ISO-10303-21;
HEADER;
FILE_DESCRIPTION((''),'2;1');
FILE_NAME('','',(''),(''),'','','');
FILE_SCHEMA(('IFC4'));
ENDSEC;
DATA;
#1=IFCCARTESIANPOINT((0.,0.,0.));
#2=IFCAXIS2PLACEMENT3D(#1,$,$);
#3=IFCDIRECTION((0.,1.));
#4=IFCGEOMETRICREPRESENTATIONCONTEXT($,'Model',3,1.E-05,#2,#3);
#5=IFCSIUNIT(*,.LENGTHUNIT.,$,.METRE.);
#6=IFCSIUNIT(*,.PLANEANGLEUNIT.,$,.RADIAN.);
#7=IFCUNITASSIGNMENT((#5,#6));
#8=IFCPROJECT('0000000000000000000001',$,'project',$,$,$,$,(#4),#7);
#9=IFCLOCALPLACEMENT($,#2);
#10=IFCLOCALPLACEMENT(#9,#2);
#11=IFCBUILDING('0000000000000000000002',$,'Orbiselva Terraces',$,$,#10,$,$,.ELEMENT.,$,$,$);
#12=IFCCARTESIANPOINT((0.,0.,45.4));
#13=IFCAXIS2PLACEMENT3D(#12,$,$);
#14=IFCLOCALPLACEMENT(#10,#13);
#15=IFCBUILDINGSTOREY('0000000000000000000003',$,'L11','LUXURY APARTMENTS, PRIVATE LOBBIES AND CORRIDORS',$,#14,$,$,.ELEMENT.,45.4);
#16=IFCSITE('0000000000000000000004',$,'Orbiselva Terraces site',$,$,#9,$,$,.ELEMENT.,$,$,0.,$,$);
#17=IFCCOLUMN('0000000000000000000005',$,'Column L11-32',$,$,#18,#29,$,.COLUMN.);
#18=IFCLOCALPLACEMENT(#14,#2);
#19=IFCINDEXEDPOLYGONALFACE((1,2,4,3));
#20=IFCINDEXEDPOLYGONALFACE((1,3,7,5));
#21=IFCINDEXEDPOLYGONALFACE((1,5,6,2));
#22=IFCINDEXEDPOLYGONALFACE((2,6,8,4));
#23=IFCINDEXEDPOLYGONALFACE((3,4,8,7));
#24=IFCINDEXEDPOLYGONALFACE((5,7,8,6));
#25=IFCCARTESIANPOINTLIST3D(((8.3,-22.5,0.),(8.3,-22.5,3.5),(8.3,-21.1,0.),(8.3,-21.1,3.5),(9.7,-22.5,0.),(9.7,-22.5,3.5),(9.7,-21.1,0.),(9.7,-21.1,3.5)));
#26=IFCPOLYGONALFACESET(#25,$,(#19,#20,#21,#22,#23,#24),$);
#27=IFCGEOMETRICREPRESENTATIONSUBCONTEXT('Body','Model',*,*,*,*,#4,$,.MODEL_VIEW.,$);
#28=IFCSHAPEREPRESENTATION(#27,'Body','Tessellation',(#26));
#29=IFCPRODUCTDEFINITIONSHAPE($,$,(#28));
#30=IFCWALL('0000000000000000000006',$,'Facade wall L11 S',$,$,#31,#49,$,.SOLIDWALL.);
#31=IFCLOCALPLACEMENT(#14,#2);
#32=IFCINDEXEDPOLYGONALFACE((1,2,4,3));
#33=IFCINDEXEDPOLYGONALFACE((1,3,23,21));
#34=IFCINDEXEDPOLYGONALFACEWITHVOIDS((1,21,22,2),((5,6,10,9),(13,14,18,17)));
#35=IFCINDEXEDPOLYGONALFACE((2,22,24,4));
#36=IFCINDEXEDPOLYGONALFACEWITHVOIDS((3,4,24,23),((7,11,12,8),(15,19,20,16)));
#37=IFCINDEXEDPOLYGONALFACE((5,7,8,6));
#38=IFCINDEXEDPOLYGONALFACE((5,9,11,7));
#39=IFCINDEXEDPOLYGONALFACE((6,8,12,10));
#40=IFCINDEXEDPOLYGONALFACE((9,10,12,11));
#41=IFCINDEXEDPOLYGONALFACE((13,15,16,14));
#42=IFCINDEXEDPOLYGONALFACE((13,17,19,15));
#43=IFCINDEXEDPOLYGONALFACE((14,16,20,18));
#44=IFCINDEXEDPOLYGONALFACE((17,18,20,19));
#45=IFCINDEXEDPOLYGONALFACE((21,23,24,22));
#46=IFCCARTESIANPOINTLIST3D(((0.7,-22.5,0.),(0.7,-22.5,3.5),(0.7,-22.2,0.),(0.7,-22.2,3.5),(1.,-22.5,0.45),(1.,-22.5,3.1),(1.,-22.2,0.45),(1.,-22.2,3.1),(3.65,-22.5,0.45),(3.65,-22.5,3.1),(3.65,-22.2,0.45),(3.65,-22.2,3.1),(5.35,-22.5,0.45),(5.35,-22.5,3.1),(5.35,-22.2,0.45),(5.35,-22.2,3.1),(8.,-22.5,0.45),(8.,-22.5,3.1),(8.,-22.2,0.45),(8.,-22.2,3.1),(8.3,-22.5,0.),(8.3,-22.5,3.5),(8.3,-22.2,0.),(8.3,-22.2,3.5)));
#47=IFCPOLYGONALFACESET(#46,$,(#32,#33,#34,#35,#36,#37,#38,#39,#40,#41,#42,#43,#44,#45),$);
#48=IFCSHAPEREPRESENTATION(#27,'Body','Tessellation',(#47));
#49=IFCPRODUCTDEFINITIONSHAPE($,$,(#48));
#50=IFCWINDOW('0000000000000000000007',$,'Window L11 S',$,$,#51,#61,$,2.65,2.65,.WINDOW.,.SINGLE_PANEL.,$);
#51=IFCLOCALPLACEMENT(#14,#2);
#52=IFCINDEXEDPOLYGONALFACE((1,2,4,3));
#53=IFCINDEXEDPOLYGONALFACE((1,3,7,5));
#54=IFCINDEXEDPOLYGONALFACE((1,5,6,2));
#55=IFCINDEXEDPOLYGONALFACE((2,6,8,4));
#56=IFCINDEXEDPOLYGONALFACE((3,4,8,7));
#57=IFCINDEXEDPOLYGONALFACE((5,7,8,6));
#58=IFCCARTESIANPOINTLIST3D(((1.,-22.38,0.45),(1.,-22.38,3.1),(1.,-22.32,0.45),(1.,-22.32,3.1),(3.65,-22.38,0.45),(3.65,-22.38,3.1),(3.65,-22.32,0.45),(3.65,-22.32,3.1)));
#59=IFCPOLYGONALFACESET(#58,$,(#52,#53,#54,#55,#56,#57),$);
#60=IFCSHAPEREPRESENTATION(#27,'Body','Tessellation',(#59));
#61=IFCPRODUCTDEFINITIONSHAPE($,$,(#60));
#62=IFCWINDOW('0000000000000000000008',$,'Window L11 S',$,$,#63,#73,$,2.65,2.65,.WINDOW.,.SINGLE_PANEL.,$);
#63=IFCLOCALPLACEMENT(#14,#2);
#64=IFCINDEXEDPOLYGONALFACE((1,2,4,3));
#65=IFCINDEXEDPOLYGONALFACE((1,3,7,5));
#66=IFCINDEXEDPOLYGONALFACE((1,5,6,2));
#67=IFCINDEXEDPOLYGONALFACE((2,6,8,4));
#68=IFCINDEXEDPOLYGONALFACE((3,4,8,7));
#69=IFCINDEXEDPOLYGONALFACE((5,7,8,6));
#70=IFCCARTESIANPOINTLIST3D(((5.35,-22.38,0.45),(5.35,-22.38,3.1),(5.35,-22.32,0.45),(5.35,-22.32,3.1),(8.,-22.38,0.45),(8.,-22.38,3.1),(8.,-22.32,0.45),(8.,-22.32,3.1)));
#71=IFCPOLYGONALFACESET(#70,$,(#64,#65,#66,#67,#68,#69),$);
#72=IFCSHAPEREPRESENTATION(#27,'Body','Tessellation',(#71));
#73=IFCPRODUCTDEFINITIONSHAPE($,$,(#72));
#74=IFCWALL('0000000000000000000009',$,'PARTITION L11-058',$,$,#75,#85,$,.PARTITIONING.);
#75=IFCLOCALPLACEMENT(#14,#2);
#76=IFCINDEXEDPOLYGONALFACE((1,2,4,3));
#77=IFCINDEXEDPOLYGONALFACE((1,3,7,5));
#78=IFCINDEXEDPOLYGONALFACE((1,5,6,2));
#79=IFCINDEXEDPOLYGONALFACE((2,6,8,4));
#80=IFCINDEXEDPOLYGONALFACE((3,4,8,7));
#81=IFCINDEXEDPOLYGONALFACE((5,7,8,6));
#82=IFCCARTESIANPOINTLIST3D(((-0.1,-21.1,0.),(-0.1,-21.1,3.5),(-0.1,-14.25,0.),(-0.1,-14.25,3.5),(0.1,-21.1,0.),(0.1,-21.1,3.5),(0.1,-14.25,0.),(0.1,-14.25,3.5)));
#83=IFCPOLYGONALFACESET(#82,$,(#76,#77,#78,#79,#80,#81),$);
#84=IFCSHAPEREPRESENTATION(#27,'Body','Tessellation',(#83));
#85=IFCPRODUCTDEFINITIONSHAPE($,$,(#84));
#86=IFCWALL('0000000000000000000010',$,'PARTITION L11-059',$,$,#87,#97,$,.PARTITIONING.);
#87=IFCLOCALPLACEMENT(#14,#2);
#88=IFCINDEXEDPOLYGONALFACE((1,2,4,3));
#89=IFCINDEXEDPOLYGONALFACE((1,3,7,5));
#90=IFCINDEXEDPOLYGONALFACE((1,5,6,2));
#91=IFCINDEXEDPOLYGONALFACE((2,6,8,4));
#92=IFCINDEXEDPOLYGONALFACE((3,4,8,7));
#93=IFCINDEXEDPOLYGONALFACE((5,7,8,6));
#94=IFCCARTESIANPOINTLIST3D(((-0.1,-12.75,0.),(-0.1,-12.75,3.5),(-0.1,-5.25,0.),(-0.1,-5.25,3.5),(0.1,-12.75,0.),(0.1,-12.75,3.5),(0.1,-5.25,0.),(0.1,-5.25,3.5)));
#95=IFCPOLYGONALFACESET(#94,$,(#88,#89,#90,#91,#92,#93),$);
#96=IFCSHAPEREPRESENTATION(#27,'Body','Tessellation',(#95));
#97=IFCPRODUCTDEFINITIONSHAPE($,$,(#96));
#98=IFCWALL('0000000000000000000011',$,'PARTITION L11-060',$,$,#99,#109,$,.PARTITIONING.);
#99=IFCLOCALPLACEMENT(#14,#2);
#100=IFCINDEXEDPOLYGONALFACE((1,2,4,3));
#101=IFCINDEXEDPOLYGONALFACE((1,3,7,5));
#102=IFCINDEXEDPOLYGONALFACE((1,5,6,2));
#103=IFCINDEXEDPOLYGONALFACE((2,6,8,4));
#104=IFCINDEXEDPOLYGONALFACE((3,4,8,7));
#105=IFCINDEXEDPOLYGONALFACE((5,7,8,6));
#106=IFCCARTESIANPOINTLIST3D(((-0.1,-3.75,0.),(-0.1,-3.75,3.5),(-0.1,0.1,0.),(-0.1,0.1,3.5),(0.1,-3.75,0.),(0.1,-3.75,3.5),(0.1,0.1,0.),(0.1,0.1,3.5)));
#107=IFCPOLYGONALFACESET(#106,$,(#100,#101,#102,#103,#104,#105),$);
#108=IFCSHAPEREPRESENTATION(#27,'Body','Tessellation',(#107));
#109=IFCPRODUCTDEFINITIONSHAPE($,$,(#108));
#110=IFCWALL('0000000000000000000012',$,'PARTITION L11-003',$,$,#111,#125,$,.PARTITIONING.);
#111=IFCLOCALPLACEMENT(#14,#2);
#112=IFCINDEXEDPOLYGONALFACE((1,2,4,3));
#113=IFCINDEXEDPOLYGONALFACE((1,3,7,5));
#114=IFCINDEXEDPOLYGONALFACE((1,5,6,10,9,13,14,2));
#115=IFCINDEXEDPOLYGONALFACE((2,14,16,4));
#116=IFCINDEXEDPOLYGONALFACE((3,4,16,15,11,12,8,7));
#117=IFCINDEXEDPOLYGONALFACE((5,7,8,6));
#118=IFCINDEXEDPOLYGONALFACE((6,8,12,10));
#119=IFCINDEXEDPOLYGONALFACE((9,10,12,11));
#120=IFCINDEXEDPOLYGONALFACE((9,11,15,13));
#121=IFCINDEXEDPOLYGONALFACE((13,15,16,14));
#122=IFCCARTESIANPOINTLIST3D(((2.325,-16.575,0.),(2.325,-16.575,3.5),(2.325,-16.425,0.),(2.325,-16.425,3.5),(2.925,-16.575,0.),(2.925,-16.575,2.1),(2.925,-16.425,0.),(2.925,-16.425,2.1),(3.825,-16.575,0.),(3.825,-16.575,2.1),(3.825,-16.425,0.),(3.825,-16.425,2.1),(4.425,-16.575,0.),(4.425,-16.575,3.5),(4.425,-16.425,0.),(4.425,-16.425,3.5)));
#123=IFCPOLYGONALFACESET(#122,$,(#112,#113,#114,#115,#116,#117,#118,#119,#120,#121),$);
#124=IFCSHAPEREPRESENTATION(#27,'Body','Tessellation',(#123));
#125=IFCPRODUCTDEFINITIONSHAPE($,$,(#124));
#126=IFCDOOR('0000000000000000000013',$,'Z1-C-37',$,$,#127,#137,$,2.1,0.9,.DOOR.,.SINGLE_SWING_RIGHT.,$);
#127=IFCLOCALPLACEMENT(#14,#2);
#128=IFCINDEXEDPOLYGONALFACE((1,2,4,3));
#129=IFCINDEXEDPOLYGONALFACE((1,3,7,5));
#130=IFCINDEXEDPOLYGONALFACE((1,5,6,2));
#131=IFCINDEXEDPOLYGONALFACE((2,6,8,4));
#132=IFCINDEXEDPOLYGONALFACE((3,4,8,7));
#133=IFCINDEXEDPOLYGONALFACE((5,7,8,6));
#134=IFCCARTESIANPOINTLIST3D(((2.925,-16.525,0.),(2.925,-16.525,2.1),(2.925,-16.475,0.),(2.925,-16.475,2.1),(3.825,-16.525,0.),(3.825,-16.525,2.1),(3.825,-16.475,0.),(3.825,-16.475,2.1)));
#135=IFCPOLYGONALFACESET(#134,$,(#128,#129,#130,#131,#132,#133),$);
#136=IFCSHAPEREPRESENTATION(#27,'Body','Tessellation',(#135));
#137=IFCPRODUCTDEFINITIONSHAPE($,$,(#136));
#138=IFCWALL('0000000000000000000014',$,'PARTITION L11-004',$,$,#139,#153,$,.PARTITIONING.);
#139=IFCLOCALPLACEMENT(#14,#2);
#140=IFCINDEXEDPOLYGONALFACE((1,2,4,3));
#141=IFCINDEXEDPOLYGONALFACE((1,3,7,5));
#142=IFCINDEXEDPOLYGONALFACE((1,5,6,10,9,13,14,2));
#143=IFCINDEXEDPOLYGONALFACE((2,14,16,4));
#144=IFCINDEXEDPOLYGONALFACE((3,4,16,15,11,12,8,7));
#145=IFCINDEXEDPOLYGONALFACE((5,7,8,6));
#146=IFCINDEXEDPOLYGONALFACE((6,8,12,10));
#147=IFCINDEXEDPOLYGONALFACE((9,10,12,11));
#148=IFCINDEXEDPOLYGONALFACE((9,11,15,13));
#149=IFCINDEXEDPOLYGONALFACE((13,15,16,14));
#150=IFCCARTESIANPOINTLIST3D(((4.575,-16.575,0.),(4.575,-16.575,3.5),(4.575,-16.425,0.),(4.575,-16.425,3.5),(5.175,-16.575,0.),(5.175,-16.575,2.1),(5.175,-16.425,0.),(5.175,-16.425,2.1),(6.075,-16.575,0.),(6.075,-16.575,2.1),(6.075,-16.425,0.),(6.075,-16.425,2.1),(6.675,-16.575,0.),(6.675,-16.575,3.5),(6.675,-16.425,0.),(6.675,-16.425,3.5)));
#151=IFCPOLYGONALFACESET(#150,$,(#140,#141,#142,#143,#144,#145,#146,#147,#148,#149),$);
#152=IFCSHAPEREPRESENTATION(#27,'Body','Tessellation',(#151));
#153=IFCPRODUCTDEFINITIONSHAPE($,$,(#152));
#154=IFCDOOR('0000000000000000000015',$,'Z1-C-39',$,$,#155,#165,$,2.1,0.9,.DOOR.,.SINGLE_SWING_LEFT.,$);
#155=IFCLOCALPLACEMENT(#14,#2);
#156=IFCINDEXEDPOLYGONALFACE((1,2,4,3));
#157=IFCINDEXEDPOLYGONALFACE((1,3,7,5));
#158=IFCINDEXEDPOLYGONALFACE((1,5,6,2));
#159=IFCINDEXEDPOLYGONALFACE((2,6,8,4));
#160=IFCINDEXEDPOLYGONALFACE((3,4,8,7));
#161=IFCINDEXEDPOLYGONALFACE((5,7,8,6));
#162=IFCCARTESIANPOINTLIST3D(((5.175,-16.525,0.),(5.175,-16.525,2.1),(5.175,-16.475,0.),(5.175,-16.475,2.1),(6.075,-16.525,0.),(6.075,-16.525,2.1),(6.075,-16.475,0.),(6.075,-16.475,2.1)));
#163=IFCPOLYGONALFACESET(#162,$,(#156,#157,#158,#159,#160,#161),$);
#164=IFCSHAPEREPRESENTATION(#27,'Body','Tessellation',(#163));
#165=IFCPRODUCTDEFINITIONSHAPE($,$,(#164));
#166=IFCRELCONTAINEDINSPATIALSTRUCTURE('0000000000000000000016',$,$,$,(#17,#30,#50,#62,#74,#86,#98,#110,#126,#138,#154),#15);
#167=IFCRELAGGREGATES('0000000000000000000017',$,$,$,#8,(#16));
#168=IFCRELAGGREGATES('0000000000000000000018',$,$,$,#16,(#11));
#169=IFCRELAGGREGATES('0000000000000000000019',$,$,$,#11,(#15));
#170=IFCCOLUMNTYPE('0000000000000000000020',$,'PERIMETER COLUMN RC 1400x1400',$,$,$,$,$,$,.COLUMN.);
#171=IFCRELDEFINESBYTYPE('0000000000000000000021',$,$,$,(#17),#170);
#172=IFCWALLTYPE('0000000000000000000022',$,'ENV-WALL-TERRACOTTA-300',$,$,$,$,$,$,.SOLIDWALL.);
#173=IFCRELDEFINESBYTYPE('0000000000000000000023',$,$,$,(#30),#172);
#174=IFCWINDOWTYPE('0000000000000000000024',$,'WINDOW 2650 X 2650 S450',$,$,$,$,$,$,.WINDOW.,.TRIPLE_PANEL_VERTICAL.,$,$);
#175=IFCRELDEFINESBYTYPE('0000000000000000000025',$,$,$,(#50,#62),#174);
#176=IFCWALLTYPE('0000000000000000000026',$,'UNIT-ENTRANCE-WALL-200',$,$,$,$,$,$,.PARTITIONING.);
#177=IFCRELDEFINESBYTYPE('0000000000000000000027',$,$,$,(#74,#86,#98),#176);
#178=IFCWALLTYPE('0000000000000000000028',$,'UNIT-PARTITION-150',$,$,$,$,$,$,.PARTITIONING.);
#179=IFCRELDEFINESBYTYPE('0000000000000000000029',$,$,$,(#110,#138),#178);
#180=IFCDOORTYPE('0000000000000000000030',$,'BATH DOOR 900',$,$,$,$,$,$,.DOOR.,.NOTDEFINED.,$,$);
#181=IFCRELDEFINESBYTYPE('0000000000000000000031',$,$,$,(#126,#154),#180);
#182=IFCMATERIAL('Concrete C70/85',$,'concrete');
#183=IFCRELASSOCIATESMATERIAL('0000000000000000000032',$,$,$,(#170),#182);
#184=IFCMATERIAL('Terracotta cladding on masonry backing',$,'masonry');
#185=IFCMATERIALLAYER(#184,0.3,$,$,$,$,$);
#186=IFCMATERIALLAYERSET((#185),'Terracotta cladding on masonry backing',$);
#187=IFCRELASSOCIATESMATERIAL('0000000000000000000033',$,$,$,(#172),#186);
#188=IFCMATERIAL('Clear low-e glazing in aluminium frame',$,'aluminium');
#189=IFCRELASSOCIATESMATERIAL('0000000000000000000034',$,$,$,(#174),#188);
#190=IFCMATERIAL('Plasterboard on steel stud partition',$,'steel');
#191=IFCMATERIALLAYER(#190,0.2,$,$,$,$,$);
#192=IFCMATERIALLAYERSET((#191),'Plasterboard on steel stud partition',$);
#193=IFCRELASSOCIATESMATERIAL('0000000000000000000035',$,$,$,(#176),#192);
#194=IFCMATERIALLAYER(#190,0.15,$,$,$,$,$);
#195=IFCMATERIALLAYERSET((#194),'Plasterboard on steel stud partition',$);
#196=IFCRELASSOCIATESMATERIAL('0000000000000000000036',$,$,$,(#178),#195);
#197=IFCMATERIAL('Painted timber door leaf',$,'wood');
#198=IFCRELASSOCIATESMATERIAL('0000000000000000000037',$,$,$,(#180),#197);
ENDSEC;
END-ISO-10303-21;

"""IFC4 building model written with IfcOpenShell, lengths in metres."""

from ifc_helpers import new_model, si_unit, direction, frame, frame_2d, origin, origin_2d, place, context, subcontext, project, spatial, rectangle, extrude, material, layer, layer_set, material_profile, profile_set, type_object, element, fill, save


model = new_model("IFC4")

# Units and contexts
model_context = context("Model", 3, precision=1e-05, world=origin(), true_north=direction((0.0, 1.0)))
body_context = subcontext(model_context, "Body", "Model", "MODEL_VIEW")
ifc_project = project(units=[si_unit("LENGTHUNIT", "METRE"), si_unit("PLANEANGLEUNIT", "RADIAN")], contexts=[model_context])

# Site, building, storey
site_placement = place(None, origin())
site = spatial("IfcSite", under=ifc_project, at=site_placement, Name="Orbiselva Terraces site", CompositionType="ELEMENT", RefElevation=0.0)
building_placement = place(site_placement, origin())
building = spatial("IfcBuilding", under=site, at=building_placement, Name="Orbiselva Terraces", CompositionType="ELEMENT")
storey_placement = place(building_placement, frame((0.0, 0.0, 45.4)))
storey = spatial("IfcBuildingStorey", under=building, at=storey_placement, Name="L11", Description="LUXURY APARTMENTS, PRIVATE LOBBIES AND CORRIDORS", CompositionType="ELEMENT", Elevation=45.4)

# Column
ifc_material_1 = material(Name="Concrete C70/85", Category="concrete")
ifc_material_profile = material_profile(ifc_material_1, rectangle(XDim=1.4, YDim=1.4, at=origin_2d()), Name="RC 1400x1400")
ifc_profile_set = profile_set([ifc_material_profile], Name="Concrete C70/85")
column_type = type_object("IfcColumnType", Name="PERIMETER COLUMN RC 1400x1400", PredefinedType="COLUMN", material=ifc_profile_set)
column_placement = place(storey_placement, frame((9.0, -21.8, 0.0), z_axis=(0.0, 0.0, 1.0), x_axis=(1.0, 0.0, 0.0)))
element("IfcColumn", 1, at=column_placement, inside=storey, type_object=column_type, Name="Column L11-32", PredefinedType="COLUMN", context=body_context, shape_type="SweptSolid", body=[
    extrude(rectangle(XDim=1.4, YDim=1.4, at=origin_2d()), origin(), (0.0, 0.0, 1.0), 3.5),
])

# Wall, openings, windows
ifc_material_2 = material(Name="Terracotta cladding on masonry backing", Category="masonry")
ifc_layer_1 = layer(ifc_material_2, 0.3)
ifc_layer_set_1 = layer_set([ifc_layer_1], Name="Terracotta cladding on masonry backing")
wall_type_1 = type_object("IfcWallType", Name="ENV-WALL-TERRACOTTA-300", PredefinedType="SOLIDWALL", material=ifc_layer_set_1)
wall_1_placement = place(storey_placement, frame((8.3, -22.35, 0.0), z_axis=(0.0, 0.0, 1.0), x_axis=(-1.0, 0.0, 0.0)))
wall_1 = element("IfcWall", 2, at=wall_1_placement, inside=storey, type_object=wall_type_1, Name="Facade wall L11 S", PredefinedType="SOLIDWALL", context=body_context, shape_type="SweptSolid", body=[
    extrude(rectangle(XDim=7.6, YDim=0.3, at=frame_2d((3.8, 0.0))), origin(), (0.0, 0.0, 1.0), 3.5),
])
opening_1_placement = place(wall_1_placement, frame((4.65, 0.0, 0.45)))
opening_1 = element("IfcOpeningElement", 3, at=opening_1_placement, cuts=wall_1, PredefinedType="OPENING", context=body_context, shape_type="SweptSolid", body=[
    extrude(rectangle(XDim=2.65, YDim=2.65, at=frame_2d((1.325, 1.325))), frame((0.0, 0.16, 0.0), z_axis=(0.0, -1.0, 0.0), x_axis=(1.0, 0.0, 0.0)), (0.0, 0.0, 1.0), 0.32),
])
opening_2_placement = place(wall_1_placement, frame((0.3, 0.0, 0.45)))
opening_2 = element("IfcOpeningElement", 4, at=opening_2_placement, cuts=wall_1, PredefinedType="OPENING", context=body_context, shape_type="SweptSolid", body=[
    extrude(rectangle(XDim=2.65, YDim=2.65, at=frame_2d((1.325, 1.325))), frame((0.0, 0.16, 0.0), z_axis=(0.0, -1.0, 0.0), x_axis=(1.0, 0.0, 0.0)), (0.0, 0.0, 1.0), 0.32),
])
ifc_material_3 = material(Name="Clear low-e glazing in aluminium frame", Category="aluminium")
window_type = type_object("IfcWindowType", Name="WINDOW 2650 X 2650 S450", PartitioningType="TRIPLE_PANEL_VERTICAL", PredefinedType="WINDOW", material=ifc_material_3)
window_1_placement = place(opening_1_placement, origin())
window_1 = element("IfcWindow", 5, at=window_1_placement, inside=storey, type_object=window_type, Name="Window L11 S", OverallHeight=2.65, OverallWidth=2.65, PartitioningType="SINGLE_PANEL", PredefinedType="WINDOW", context=body_context, shape_type="SweptSolid", body=[
    extrude(rectangle(XDim=2.65, YDim=2.65, at=frame_2d((1.325, 1.325))), frame((0.0, 0.03, 0.0), z_axis=(0.0, -1.0, 0.0), x_axis=(1.0, 0.0, 0.0)), (0.0, 0.0, 1.0), 0.06),
])
fill(opening_1, window_1)
window_2_placement = place(opening_2_placement, origin())
window_2 = element("IfcWindow", 6, at=window_2_placement, inside=storey, type_object=window_type, Name="Window L11 S", OverallHeight=2.65, OverallWidth=2.65, PartitioningType="SINGLE_PANEL", PredefinedType="WINDOW", context=body_context, shape_type="SweptSolid", body=[
    extrude(rectangle(XDim=2.65, YDim=2.65, at=frame_2d((1.325, 1.325))), frame((0.0, 0.03, 0.0), z_axis=(0.0, -1.0, 0.0), x_axis=(1.0, 0.0, 0.0)), (0.0, 0.0, 1.0), 0.06),
])
fill(opening_2, window_2)

# Walls
ifc_material_4 = material(Name="Plasterboard on steel stud partition", Category="steel")
ifc_layer_2 = layer(ifc_material_4, 0.2)
ifc_layer_set_2 = layer_set([ifc_layer_2], Name="Plasterboard on steel stud partition")
wall_type_2 = type_object("IfcWallType", Name="UNIT-ENTRANCE-WALL-200", PredefinedType="PARTITIONING", material=ifc_layer_set_2)
wall_2_placement = place(storey_placement, frame((0.0, -21.1, 0.0), z_axis=(0.0, 0.0, 1.0), x_axis=(0.0, 1.0, 0.0)))
element("IfcWall", 7, at=wall_2_placement, inside=storey, type_object=wall_type_2, Name="PARTITION L11-058", PredefinedType="PARTITIONING", context=body_context, shape_type="SweptSolid", body=[
    extrude(rectangle(XDim=6.85, YDim=0.2, at=frame_2d((3.425, 0.0))), origin(), (0.0, 0.0, 1.0), 3.5),
])
wall_3_placement = place(storey_placement, frame((0.0, -12.75, 0.0), z_axis=(0.0, 0.0, 1.0), x_axis=(0.0, 1.0, 0.0)))
element("IfcWall", 8, at=wall_3_placement, inside=storey, type_object=wall_type_2, Name="PARTITION L11-059", PredefinedType="PARTITIONING", context=body_context, shape_type="SweptSolid", body=[
    extrude(rectangle(XDim=7.5, YDim=0.2, at=frame_2d((3.75, 0.0))), origin(), (0.0, 0.0, 1.0), 3.5),
])
wall_4_placement = place(storey_placement, frame((0.0, -3.75, 0.0), z_axis=(0.0, 0.0, 1.0), x_axis=(0.0, 1.0, 0.0)))
element("IfcWall", 9, at=wall_4_placement, inside=storey, type_object=wall_type_2, Name="PARTITION L11-060", PredefinedType="PARTITIONING", context=body_context, shape_type="SweptSolid", body=[
    extrude(rectangle(XDim=3.85, YDim=0.2, at=frame_2d((1.925, 0.0))), origin(), (0.0, 0.0, 1.0), 3.5),
])

# Walls, openings, doors
ifc_layer_3 = layer(ifc_material_4, 0.15)
ifc_layer_set_3 = layer_set([ifc_layer_3], Name="Plasterboard on steel stud partition")
wall_type_3 = type_object("IfcWallType", Name="UNIT-PARTITION-150", PredefinedType="PARTITIONING", material=ifc_layer_set_3)
wall_5_placement = place(storey_placement, frame((2.325, -16.5, 0.0), z_axis=(0.0, 0.0, 1.0), x_axis=(1.0, 0.0, 0.0)))
wall_5 = element("IfcWall", 10, at=wall_5_placement, inside=storey, type_object=wall_type_3, Name="PARTITION L11-003", PredefinedType="PARTITIONING", context=body_context, shape_type="SweptSolid", body=[
    extrude(rectangle(XDim=2.1, YDim=0.15, at=frame_2d((1.05, 0.0))), origin(), (0.0, 0.0, 1.0), 3.5),
])
opening_3_placement = place(wall_5_placement, frame((0.6, 0.0, 0.0)))
opening_3 = element("IfcOpeningElement", 11, at=opening_3_placement, cuts=wall_5, PredefinedType="OPENING", context=body_context, shape_type="SweptSolid", body=[
    extrude(rectangle(XDim=0.9, YDim=2.1, at=frame_2d((0.45, 1.05))), frame((0.0, 0.085, 0.0), z_axis=(0.0, -1.0, 0.0), x_axis=(1.0, 0.0, 0.0)), (0.0, 0.0, 1.0), 0.17),
])
ifc_material_5 = material(Name="Painted timber door leaf", Category="wood")
door_type_1 = type_object("IfcDoorType", Name="BATH DOOR 900", OperationType="NOTDEFINED", PredefinedType="DOOR", material=ifc_material_5)
door_1_placement = place(opening_3_placement, origin())
door_1 = element("IfcDoor", 12, at=door_1_placement, inside=storey, type_object=door_type_1, Name="Z1-C-37", OperationType="SINGLE_SWING_RIGHT", OverallHeight=2.1, OverallWidth=0.9, PredefinedType="DOOR", context=body_context, shape_type="SweptSolid", body=[
    extrude(rectangle(XDim=0.9, YDim=2.1, at=frame_2d((0.45, 1.05))), frame((0.0, 0.025, 0.0), z_axis=(0.0, -1.0, 0.0), x_axis=(1.0, 0.0, 0.0)), (0.0, 0.0, 1.0), 0.05),
])
fill(opening_3, door_1)
wall_6_placement = place(storey_placement, frame((4.575, -16.5, 0.0), z_axis=(0.0, 0.0, 1.0), x_axis=(1.0, 0.0, 0.0)))
wall_6 = element("IfcWall", 13, at=wall_6_placement, inside=storey, type_object=wall_type_3, Name="PARTITION L11-004", PredefinedType="PARTITIONING", context=body_context, shape_type="SweptSolid", body=[
    extrude(rectangle(XDim=2.1, YDim=0.15, at=frame_2d((1.05, 0.0))), origin(), (0.0, 0.0, 1.0), 3.5),
])
opening_4_placement = place(wall_6_placement, frame((0.6, 0.0, 0.0)))
opening_4 = element("IfcOpeningElement", 14, at=opening_4_placement, cuts=wall_6, PredefinedType="OPENING", context=body_context, shape_type="SweptSolid", body=[
    extrude(rectangle(XDim=0.9, YDim=2.1, at=frame_2d((0.45, 1.05))), frame((0.0, 0.085, 0.0), z_axis=(0.0, -1.0, 0.0), x_axis=(1.0, 0.0, 0.0)), (0.0, 0.0, 1.0), 0.17),
])
door_2_placement = place(opening_4_placement, origin())
door_2 = element("IfcDoor", 15, at=door_2_placement, inside=storey, type_object=door_type_1, Name="Z1-C-39", OperationType="SINGLE_SWING_LEFT", OverallHeight=2.1, OverallWidth=0.9, PredefinedType="DOOR", context=body_context, shape_type="SweptSolid", body=[
    extrude(rectangle(XDim=0.9, YDim=2.1, at=frame_2d((0.45, 1.05))), frame((0.0, 0.025, 0.0), z_axis=(0.0, -1.0, 0.0), x_axis=(1.0, 0.0, 0.0)), (0.0, 0.0, 1.0), 0.05),
])
fill(opening_4, door_2)

save(model, "model.ifc")
